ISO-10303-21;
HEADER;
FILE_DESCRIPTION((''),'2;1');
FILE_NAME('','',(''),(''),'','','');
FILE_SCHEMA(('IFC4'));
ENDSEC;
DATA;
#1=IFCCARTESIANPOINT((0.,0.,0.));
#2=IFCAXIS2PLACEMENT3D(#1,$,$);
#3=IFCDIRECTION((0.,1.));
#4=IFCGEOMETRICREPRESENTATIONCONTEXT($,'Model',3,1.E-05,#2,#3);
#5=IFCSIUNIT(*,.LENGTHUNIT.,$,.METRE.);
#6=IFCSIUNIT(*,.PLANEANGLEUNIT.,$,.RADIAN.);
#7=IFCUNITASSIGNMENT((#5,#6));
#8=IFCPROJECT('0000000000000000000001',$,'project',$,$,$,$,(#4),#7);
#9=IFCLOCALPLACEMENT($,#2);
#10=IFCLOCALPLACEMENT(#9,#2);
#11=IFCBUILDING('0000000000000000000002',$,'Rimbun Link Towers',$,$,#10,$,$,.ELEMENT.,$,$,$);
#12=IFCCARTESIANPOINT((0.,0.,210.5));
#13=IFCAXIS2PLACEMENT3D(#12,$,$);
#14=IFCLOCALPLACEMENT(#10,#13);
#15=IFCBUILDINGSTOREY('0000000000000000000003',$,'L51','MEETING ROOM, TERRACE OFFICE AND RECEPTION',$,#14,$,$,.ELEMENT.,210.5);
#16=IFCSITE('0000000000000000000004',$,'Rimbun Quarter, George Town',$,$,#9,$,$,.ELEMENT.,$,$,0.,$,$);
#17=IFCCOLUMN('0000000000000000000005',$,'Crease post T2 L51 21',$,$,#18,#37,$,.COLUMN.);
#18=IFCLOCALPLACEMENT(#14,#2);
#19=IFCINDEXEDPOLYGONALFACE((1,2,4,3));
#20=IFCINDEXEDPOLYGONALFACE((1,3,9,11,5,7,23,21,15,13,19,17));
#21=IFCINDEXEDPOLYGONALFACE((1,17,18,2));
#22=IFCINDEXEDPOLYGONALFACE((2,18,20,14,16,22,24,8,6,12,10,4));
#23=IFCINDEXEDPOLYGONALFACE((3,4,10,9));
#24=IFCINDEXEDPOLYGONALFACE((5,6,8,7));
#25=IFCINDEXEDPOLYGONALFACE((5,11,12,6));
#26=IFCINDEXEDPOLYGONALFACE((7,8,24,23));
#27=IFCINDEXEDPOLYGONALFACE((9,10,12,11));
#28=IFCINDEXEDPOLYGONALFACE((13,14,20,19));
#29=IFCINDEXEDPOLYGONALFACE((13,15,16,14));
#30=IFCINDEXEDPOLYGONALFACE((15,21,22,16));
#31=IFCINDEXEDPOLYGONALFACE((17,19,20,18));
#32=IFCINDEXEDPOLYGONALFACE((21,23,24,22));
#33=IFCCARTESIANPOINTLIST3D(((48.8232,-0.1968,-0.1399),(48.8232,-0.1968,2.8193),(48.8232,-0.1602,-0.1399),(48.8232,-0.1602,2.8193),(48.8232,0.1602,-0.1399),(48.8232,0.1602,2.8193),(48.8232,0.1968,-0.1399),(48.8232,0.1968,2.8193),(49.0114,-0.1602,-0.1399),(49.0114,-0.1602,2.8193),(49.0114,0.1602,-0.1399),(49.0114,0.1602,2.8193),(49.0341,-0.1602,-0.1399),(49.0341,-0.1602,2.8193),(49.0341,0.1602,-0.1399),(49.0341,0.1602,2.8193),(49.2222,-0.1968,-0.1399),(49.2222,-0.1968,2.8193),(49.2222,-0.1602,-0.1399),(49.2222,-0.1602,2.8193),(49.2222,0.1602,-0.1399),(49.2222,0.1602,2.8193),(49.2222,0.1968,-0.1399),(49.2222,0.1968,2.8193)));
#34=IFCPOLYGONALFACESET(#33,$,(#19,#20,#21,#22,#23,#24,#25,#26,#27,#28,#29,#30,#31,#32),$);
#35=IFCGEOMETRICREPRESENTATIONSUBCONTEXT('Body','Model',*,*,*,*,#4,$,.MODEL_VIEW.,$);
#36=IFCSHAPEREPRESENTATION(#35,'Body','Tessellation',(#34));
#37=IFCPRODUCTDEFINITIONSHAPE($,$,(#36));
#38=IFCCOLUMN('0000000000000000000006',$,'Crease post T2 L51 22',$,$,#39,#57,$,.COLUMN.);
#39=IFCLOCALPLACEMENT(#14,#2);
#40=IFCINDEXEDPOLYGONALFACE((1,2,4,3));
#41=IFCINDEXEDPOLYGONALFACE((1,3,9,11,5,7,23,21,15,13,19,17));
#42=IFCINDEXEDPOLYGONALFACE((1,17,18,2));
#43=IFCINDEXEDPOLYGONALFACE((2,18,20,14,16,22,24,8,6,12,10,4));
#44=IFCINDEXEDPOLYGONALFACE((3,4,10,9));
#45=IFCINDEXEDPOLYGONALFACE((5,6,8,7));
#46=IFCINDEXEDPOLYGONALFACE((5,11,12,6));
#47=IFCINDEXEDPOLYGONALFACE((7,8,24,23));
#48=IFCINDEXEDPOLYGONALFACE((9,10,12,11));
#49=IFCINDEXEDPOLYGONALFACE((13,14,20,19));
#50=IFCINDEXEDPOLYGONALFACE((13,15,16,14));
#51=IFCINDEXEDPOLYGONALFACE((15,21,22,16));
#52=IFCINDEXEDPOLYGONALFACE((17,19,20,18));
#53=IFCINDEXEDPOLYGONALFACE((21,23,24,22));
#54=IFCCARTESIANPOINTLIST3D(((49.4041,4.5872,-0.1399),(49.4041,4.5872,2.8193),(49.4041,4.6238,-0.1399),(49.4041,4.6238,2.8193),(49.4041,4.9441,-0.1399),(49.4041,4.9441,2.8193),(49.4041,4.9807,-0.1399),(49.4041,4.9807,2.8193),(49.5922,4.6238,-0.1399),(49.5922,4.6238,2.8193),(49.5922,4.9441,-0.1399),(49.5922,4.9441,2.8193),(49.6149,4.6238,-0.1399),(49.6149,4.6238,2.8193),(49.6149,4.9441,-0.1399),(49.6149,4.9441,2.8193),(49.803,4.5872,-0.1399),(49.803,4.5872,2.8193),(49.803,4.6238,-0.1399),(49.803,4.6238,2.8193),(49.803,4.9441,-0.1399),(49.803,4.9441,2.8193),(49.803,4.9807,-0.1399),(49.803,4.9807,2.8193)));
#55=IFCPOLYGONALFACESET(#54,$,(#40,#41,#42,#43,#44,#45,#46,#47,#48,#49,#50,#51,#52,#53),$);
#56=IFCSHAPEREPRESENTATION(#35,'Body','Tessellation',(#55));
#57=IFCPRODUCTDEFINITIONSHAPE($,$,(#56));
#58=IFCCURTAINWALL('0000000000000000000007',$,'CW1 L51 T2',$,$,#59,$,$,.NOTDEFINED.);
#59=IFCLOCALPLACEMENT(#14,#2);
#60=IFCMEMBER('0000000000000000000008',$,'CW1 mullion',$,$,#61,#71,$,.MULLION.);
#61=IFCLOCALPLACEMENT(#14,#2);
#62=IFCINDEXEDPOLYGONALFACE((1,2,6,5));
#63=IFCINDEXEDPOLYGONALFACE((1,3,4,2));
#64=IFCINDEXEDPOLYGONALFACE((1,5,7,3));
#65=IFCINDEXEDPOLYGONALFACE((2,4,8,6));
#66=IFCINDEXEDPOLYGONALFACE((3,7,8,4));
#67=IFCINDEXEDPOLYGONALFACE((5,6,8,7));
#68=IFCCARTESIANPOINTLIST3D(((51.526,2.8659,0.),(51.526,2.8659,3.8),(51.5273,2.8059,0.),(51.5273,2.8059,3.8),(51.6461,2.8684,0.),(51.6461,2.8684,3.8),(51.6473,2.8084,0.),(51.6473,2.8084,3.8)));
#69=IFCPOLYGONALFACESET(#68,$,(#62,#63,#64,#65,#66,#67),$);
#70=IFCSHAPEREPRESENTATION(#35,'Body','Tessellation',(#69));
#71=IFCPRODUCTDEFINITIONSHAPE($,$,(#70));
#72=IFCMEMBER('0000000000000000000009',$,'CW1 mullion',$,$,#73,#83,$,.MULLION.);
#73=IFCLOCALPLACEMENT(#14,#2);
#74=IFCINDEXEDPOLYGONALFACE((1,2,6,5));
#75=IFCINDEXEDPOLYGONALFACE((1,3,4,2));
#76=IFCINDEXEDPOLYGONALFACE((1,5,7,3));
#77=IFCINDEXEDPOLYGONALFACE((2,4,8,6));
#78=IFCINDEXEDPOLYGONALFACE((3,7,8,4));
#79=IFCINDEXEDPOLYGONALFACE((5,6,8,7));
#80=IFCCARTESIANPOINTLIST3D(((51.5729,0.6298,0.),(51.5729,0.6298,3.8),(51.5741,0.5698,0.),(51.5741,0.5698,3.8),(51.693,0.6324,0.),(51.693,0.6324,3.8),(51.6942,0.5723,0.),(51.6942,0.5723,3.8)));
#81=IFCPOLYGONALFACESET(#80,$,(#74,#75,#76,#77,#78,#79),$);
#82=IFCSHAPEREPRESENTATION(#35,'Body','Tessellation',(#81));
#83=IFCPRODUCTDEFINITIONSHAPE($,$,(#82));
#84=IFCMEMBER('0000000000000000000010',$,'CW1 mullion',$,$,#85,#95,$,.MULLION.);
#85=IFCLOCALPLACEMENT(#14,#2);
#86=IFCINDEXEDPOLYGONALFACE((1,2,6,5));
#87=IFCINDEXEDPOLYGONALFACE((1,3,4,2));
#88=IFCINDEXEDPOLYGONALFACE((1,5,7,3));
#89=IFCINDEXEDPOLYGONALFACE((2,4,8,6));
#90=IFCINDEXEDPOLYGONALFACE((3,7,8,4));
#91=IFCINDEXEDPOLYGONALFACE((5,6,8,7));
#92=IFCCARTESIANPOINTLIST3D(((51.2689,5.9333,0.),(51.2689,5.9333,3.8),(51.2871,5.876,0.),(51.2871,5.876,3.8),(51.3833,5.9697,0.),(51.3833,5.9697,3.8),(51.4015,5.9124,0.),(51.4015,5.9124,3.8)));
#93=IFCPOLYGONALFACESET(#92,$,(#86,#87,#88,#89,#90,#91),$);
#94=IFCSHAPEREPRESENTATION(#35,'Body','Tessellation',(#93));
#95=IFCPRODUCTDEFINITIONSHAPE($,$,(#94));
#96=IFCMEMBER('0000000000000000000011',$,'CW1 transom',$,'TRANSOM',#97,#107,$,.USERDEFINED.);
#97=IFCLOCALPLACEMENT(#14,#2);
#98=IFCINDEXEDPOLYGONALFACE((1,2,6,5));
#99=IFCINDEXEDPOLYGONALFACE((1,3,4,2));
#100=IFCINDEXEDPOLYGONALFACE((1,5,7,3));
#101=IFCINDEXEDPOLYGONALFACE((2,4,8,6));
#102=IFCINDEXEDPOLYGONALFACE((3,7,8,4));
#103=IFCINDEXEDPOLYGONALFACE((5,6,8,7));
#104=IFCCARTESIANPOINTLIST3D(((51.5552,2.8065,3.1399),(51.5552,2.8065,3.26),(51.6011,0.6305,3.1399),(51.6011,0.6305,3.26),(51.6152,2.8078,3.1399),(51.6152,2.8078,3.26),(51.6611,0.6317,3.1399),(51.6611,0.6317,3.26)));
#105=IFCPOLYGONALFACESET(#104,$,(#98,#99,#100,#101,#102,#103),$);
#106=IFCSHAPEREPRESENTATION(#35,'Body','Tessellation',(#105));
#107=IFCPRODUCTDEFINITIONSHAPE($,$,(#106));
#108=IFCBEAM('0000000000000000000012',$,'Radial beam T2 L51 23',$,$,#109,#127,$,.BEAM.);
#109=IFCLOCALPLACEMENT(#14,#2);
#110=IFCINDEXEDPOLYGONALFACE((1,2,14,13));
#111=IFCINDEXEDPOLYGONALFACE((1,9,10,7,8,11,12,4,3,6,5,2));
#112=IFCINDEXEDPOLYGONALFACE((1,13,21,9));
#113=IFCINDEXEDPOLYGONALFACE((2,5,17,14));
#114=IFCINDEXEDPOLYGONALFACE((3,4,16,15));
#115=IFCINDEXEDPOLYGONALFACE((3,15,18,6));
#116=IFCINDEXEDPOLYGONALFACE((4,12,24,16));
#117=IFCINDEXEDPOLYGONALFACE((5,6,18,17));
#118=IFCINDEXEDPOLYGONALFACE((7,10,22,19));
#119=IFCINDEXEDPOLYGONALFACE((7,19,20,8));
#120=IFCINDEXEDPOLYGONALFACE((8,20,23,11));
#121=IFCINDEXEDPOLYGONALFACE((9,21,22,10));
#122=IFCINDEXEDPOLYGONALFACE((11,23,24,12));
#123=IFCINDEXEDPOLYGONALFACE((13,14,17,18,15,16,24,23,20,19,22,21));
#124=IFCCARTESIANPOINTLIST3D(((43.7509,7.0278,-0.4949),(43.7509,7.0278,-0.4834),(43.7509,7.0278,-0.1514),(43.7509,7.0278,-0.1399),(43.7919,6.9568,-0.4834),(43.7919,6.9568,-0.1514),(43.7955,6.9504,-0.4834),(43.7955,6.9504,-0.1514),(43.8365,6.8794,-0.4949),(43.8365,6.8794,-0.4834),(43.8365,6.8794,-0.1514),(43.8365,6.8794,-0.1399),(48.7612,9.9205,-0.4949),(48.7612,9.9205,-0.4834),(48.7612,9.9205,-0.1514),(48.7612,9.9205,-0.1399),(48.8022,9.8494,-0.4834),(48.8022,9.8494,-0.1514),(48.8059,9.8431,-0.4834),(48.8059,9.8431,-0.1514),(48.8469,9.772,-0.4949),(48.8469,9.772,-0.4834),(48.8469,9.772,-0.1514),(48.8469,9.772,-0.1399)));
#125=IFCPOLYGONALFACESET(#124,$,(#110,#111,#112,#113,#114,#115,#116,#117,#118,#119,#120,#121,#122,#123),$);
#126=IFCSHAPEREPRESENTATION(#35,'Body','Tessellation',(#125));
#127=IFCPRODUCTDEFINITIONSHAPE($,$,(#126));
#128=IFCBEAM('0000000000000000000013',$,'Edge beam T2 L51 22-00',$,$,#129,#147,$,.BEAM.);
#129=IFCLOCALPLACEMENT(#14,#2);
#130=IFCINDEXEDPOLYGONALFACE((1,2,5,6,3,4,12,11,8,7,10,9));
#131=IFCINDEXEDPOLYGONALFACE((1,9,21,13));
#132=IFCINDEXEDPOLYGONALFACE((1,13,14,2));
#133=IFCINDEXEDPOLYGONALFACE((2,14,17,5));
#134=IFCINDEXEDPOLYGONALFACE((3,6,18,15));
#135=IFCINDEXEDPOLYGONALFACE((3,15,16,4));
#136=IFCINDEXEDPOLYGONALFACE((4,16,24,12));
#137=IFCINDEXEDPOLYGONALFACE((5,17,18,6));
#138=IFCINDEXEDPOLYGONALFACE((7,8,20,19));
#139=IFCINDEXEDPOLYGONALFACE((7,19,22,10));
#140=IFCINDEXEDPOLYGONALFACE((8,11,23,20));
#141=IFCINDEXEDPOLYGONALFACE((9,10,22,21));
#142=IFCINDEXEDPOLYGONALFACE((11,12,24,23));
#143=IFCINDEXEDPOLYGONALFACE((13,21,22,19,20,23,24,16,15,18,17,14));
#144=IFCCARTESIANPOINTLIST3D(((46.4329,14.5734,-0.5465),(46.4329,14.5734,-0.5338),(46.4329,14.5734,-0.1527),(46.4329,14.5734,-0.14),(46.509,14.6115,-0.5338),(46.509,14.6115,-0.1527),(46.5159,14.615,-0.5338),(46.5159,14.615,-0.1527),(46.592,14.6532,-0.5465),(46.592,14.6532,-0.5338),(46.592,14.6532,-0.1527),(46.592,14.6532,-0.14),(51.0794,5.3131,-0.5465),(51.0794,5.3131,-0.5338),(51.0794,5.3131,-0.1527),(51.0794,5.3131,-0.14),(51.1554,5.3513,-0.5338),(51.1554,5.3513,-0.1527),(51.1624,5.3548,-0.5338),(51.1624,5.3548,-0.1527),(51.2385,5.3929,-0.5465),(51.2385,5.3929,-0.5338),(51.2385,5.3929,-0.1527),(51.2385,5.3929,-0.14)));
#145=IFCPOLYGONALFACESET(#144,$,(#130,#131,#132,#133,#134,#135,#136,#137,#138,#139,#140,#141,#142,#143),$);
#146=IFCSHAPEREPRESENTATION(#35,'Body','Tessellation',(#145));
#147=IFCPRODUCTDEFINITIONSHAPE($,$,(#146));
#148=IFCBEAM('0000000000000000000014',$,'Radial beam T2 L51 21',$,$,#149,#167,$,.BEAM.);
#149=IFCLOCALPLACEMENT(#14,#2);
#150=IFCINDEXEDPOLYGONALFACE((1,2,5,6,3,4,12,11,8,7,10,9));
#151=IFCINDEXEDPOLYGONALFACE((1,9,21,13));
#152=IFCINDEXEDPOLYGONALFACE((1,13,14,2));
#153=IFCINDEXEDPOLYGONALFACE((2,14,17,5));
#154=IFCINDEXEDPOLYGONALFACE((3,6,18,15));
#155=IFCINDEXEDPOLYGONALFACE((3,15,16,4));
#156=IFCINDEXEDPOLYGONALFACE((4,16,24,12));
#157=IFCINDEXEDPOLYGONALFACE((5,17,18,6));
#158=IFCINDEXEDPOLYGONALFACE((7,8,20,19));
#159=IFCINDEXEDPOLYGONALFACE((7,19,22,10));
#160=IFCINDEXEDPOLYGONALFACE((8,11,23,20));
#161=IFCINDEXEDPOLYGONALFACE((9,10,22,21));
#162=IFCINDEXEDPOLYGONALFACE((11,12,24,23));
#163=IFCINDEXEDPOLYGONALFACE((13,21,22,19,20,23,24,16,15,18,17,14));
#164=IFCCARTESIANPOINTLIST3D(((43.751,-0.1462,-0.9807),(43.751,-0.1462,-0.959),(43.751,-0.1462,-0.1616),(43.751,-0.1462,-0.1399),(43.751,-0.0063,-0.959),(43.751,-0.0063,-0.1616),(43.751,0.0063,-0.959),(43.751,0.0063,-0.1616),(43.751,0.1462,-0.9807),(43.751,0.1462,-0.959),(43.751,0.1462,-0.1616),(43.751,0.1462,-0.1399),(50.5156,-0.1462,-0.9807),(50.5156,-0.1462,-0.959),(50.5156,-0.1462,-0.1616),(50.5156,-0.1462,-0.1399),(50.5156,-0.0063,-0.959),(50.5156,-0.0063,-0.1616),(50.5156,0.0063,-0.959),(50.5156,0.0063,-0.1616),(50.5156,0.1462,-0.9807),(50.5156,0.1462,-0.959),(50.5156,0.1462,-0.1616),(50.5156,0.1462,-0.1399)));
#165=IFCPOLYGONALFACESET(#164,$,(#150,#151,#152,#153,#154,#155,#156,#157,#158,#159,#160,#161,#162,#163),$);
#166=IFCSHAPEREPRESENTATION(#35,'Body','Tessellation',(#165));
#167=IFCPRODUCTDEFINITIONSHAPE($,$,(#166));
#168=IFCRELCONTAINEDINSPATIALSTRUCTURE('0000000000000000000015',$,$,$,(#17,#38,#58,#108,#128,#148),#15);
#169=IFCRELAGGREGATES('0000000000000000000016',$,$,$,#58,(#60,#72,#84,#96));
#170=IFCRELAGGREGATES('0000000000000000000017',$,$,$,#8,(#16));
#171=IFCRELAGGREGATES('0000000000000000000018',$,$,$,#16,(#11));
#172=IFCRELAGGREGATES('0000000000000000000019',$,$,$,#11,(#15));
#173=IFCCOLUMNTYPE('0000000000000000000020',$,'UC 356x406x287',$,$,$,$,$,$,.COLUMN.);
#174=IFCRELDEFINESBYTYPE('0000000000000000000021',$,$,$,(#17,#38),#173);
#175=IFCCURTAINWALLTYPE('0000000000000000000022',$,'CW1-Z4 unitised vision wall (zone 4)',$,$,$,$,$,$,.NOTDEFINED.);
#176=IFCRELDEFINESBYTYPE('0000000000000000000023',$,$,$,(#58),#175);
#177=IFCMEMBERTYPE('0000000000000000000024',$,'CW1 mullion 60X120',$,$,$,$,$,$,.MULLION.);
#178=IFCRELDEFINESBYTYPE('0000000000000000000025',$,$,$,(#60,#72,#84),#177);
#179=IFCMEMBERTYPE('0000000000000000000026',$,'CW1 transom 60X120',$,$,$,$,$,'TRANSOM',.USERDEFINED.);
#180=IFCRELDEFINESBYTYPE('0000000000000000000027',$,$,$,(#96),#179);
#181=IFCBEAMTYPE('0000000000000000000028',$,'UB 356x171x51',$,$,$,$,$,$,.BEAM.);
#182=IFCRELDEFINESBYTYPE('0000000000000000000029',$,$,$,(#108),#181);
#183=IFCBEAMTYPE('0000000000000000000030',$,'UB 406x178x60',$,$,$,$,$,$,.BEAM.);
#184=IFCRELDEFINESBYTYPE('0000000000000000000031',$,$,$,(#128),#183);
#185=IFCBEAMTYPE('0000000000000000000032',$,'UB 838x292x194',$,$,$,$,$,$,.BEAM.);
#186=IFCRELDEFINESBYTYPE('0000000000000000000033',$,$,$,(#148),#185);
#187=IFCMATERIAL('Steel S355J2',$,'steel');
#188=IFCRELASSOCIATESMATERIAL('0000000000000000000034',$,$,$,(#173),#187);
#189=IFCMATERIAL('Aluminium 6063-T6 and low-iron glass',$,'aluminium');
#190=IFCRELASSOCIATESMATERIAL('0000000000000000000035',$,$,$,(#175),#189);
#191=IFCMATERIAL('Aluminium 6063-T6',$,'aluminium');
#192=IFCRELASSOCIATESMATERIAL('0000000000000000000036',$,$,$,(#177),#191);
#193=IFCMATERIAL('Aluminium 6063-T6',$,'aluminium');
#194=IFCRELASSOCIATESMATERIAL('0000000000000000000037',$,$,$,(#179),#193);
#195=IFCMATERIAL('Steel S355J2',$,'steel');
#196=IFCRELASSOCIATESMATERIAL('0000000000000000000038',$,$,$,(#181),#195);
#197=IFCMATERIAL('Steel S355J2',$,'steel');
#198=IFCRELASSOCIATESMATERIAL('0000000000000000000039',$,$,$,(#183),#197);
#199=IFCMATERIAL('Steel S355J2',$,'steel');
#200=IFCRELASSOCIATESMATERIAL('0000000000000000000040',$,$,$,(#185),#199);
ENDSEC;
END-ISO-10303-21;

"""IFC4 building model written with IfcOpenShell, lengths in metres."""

from ifc_helpers import new_model, si_unit, direction, frame, origin, origin_2d, place, context, subcontext, project, spatial, rectangle, i_section, extrude, material, material_profile, profile_set, type_object, element, aggregate, save


model = new_model("IFC4")

# Units and contexts
model_context = context("Model", 3, precision=1e-05, world=origin(), true_north=direction((0.0, 1.0)))
body_context = subcontext(model_context, "Body", "Model", "MODEL_VIEW")
ifc_project = project(units=[si_unit("LENGTHUNIT", "METRE"), si_unit("PLANEANGLEUNIT", "RADIAN")], contexts=[model_context])

# Site, building, storey
site_placement = place(None, origin())
site = spatial("IfcSite", under=ifc_project, at=site_placement, Name="Rimbun Quarter, George Town", CompositionType="ELEMENT", RefElevation=0.0)
building_placement = place(site_placement, origin())
building = spatial("IfcBuilding", under=site, at=building_placement, Name="Rimbun Link Towers", CompositionType="ELEMENT")
storey_placement = place(building_placement, frame((0.0, 0.0, 210.5)))
storey = spatial("IfcBuildingStorey", under=building, at=storey_placement, Name="L51", Description="MEETING ROOM, TERRACE OFFICE AND RECEPTION", CompositionType="ELEMENT", Elevation=210.5)

# Columns
ifc_material_1 = material(Name="Steel S355J2", Category="steel")
ifc_material_profile_1 = material_profile(ifc_material_1, i_section(OverallWidth=0.3989, OverallDepth=0.3936, WebThickness=0.0227, FlangeThickness=0.0366, at=origin_2d()), Name="UC 356x406x287")
ifc_profile_set_1 = profile_set([ifc_material_profile_1], Name="Steel S355J2")
column_type = type_object("IfcColumnType", Name="UC 356x406x287", PredefinedType="COLUMN", material=ifc_profile_set_1)
for number, where, z_axis, x_axis, name in (
    (1, (49.0227, 0.0, -0.1399), (0.0, 0.0, 1.0), (1.0, 0.0, 0.0), "Crease post T2 L51 21"),
    (2, (49.6035, 4.7839, -0.1399), (0.0, 0.0, 1.0), (1.0, 0.0, 0.0), "Crease post T2 L51 22"),
):
    element("IfcColumn", number, at=place(storey_placement, frame(where, z_axis=z_axis, x_axis=x_axis)), inside=storey, type_object=column_type, Name=name, PredefinedType="COLUMN", context=body_context, shape_type="SweptSolid", body=[
        extrude(i_section(OverallWidth=0.3989, OverallDepth=0.3936, WebThickness=0.0227, FlangeThickness=0.0366, at=origin_2d()), origin(), (0.0, 0.0, 1.0), 2.9592),
    ])

# Curtain wall, members
ifc_material_2 = material(Name="Aluminium 6063-T6 and low-iron glass", Category="aluminium")
curtain_wall_type = type_object("IfcCurtainWallType", Name="CW1-Z4 unitised vision wall (zone 4)", PredefinedType="NOTDEFINED", material=ifc_material_2)
curtain_wall_placement = place(storey_placement, origin())
curtain_wall = element("IfcCurtainWall", 3, at=curtain_wall_placement, inside=storey, type_object=curtain_wall_type, Name="CW1 L51 T2", PredefinedType="NOTDEFINED")
ifc_material_3 = material(Name="Aluminium 6063-T6", Category="aluminium")
ifc_material_profile_2 = material_profile(ifc_material_3, rectangle(XDim=0.1201, YDim=0.0601, at=origin_2d()), Name="MULLION 60X120")
ifc_profile_set_2 = profile_set([ifc_material_profile_2], Name="Aluminium 6063-T6")
member_type_1 = type_object("IfcMemberType", Name="CW1 mullion 60X120", PredefinedType="MULLION", material=ifc_profile_set_2)
member_1_placement = place(storey_placement, frame((51.5867, 2.8372, 0.0), z_axis=(0.0, 0.0, 1.0), x_axis=(0.999778, 0.021054, 0.0)))
member_1 = element("IfcMember", 4, at=member_1_placement, type_object=member_type_1, Name="CW1 mullion", PredefinedType="MULLION", context=body_context, shape_type="SweptSolid", body=[
    extrude(rectangle(XDim=0.1201, YDim=0.0601, at=origin_2d()), origin(), (0.0, 0.0, 1.0), 3.8),
])
member_2_placement = place(storey_placement, frame((51.6335, 0.6011, 0.0), z_axis=(0.0, 0.0, 1.0), x_axis=(0.999778, 0.021054, 0.0)))
member_2 = element("IfcMember", 5, at=member_2_placement, type_object=member_type_1, Name="CW1 mullion", PredefinedType="MULLION", context=body_context, shape_type="SweptSolid", body=[
    extrude(rectangle(XDim=0.1201, YDim=0.0601, at=origin_2d()), origin(), (0.0, 0.0, 1.0), 3.8),
])
member_3_placement = place(storey_placement, frame((51.3352, 5.9229, 0.0), z_axis=(0.0, 0.0, 1.0), x_axis=(0.952969, 0.303068, 0.0)))
member_3 = element("IfcMember", 6, at=member_3_placement, type_object=member_type_1, Name="CW1 mullion", PredefinedType="MULLION", context=body_context, shape_type="SweptSolid", body=[
    extrude(rectangle(XDim=0.1201, YDim=0.0601, at=origin_2d()), origin(), (0.0, 0.0, 1.0), 3.8),
])
ifc_material_4 = material(Name="Aluminium 6063-T6", Category="aluminium")
ifc_material_profile_3 = material_profile(ifc_material_4, rectangle(XDim=0.0601, YDim=0.1201, at=origin_2d()), Name="TRANSOM 60X120")
ifc_profile_set_3 = profile_set([ifc_material_profile_3], Name="Aluminium 6063-T6")
member_type_2 = type_object("IfcMemberType", Name="CW1 transom 60X120", ElementType="TRANSOM", PredefinedType="USERDEFINED", material=ifc_profile_set_3)
member_4_placement = place(storey_placement, frame((51.5852, 2.8071, 3.2), z_axis=(0.021088, -0.999778, 0.0), x_axis=(0.999778, 0.021088, 0.0)))
member_4 = element("IfcMember", 7, at=member_4_placement, type_object=member_type_2, Name="CW1 transom", ObjectType="TRANSOM", PredefinedType="USERDEFINED", context=body_context, shape_type="SweptSolid", body=[
    extrude(rectangle(XDim=0.0601, YDim=0.1201, at=origin_2d()), origin(), (0.0, 0.0, 1.0), 2.1765),
])

# Beams
ifc_material_5 = material(Name="Steel S355J2", Category="steel")
ifc_material_profile_4 = material_profile(ifc_material_5, i_section(OverallWidth=0.1714, OverallDepth=0.355, WebThickness=0.0073, FlangeThickness=0.0115, at=origin_2d()), Name="UB 356x171x51")
ifc_profile_set_4 = profile_set([ifc_material_profile_4], Name="Steel S355J2")
beam_type_1 = type_object("IfcBeamType", Name="UB 356x171x51", PredefinedType="BEAM", material=ifc_profile_set_4)
beam_1_placement = place(storey_placement, frame((43.7937, 6.9536, -0.3174), z_axis=(0.866032, 0.499988, 0.0), x_axis=(-0.499988, 0.866032, 0.0)))
element("IfcBeam", 8, at=beam_1_placement, inside=storey, type_object=beam_type_1, Name="Radial beam T2 L51 23", PredefinedType="BEAM", context=body_context, shape_type="SweptSolid", body=[
    extrude(i_section(OverallWidth=0.1714, OverallDepth=0.355, WebThickness=0.0073, FlangeThickness=0.0115, at=origin_2d()), origin(), (0.0, 0.0, 1.0), 5.7854),
])
ifc_material_6 = material(Name="Steel S355J2", Category="steel")
ifc_material_profile_5 = material_profile(ifc_material_6, i_section(OverallWidth=0.178, OverallDepth=0.4065, WebThickness=0.0078, FlangeThickness=0.0127, at=origin_2d()), Name="UB 406x178x60")
ifc_profile_set_5 = profile_set([ifc_material_profile_5], Name="Steel S355J2")
beam_type_2 = type_object("IfcBeamType", Name="UB 406x178x60", PredefinedType="BEAM", material=ifc_profile_set_5)
beam_2_placement = place(storey_placement, frame((51.1589, 5.353, -0.3433), z_axis=(-0.448476, 0.893795, 0.0), x_axis=(-0.893795, -0.448476, 0.0)))
element("IfcBeam", 9, at=beam_2_placement, inside=storey, type_object=beam_type_2, Name="Edge beam T2 L51 22-00", PredefinedType="BEAM", context=body_context, shape_type="SweptSolid", body=[
    extrude(i_section(OverallWidth=0.178, OverallDepth=0.4065, WebThickness=0.0078, FlangeThickness=0.0127, at=origin_2d()), origin(), (0.0, 0.0, 1.0), 10.3606),
])
ifc_material_7 = material(Name="Steel S355J2", Category="steel")
ifc_material_profile_6 = material_profile(ifc_material_7, i_section(OverallWidth=0.2925, OverallDepth=0.8408, WebThickness=0.0127, FlangeThickness=0.0217, at=origin_2d()), Name="UB 838x292x194")
ifc_profile_set_6 = profile_set([ifc_material_profile_6], Name="Steel S355J2")
beam_type_3 = type_object("IfcBeamType", Name="UB 838x292x194", PredefinedType="BEAM", material=ifc_profile_set_6)
beam_3_placement = place(storey_placement, frame((43.751, 0.0, -0.5603), z_axis=(1.0, 0.0, 0.0), x_axis=(0.0, 1.0, 0.0)))
element("IfcBeam", 10, at=beam_3_placement, inside=storey, type_object=beam_type_3, Name="Radial beam T2 L51 21", PredefinedType="BEAM", context=body_context, shape_type="SweptSolid", body=[
    extrude(i_section(OverallWidth=0.2925, OverallDepth=0.8408, WebThickness=0.0127, FlangeThickness=0.0217, at=origin_2d()), origin(), (0.0, 0.0, 1.0), 6.7646),
])

aggregate(curtain_wall, [member_1, member_2, member_3, member_4])

save(model, "model.ifc")
